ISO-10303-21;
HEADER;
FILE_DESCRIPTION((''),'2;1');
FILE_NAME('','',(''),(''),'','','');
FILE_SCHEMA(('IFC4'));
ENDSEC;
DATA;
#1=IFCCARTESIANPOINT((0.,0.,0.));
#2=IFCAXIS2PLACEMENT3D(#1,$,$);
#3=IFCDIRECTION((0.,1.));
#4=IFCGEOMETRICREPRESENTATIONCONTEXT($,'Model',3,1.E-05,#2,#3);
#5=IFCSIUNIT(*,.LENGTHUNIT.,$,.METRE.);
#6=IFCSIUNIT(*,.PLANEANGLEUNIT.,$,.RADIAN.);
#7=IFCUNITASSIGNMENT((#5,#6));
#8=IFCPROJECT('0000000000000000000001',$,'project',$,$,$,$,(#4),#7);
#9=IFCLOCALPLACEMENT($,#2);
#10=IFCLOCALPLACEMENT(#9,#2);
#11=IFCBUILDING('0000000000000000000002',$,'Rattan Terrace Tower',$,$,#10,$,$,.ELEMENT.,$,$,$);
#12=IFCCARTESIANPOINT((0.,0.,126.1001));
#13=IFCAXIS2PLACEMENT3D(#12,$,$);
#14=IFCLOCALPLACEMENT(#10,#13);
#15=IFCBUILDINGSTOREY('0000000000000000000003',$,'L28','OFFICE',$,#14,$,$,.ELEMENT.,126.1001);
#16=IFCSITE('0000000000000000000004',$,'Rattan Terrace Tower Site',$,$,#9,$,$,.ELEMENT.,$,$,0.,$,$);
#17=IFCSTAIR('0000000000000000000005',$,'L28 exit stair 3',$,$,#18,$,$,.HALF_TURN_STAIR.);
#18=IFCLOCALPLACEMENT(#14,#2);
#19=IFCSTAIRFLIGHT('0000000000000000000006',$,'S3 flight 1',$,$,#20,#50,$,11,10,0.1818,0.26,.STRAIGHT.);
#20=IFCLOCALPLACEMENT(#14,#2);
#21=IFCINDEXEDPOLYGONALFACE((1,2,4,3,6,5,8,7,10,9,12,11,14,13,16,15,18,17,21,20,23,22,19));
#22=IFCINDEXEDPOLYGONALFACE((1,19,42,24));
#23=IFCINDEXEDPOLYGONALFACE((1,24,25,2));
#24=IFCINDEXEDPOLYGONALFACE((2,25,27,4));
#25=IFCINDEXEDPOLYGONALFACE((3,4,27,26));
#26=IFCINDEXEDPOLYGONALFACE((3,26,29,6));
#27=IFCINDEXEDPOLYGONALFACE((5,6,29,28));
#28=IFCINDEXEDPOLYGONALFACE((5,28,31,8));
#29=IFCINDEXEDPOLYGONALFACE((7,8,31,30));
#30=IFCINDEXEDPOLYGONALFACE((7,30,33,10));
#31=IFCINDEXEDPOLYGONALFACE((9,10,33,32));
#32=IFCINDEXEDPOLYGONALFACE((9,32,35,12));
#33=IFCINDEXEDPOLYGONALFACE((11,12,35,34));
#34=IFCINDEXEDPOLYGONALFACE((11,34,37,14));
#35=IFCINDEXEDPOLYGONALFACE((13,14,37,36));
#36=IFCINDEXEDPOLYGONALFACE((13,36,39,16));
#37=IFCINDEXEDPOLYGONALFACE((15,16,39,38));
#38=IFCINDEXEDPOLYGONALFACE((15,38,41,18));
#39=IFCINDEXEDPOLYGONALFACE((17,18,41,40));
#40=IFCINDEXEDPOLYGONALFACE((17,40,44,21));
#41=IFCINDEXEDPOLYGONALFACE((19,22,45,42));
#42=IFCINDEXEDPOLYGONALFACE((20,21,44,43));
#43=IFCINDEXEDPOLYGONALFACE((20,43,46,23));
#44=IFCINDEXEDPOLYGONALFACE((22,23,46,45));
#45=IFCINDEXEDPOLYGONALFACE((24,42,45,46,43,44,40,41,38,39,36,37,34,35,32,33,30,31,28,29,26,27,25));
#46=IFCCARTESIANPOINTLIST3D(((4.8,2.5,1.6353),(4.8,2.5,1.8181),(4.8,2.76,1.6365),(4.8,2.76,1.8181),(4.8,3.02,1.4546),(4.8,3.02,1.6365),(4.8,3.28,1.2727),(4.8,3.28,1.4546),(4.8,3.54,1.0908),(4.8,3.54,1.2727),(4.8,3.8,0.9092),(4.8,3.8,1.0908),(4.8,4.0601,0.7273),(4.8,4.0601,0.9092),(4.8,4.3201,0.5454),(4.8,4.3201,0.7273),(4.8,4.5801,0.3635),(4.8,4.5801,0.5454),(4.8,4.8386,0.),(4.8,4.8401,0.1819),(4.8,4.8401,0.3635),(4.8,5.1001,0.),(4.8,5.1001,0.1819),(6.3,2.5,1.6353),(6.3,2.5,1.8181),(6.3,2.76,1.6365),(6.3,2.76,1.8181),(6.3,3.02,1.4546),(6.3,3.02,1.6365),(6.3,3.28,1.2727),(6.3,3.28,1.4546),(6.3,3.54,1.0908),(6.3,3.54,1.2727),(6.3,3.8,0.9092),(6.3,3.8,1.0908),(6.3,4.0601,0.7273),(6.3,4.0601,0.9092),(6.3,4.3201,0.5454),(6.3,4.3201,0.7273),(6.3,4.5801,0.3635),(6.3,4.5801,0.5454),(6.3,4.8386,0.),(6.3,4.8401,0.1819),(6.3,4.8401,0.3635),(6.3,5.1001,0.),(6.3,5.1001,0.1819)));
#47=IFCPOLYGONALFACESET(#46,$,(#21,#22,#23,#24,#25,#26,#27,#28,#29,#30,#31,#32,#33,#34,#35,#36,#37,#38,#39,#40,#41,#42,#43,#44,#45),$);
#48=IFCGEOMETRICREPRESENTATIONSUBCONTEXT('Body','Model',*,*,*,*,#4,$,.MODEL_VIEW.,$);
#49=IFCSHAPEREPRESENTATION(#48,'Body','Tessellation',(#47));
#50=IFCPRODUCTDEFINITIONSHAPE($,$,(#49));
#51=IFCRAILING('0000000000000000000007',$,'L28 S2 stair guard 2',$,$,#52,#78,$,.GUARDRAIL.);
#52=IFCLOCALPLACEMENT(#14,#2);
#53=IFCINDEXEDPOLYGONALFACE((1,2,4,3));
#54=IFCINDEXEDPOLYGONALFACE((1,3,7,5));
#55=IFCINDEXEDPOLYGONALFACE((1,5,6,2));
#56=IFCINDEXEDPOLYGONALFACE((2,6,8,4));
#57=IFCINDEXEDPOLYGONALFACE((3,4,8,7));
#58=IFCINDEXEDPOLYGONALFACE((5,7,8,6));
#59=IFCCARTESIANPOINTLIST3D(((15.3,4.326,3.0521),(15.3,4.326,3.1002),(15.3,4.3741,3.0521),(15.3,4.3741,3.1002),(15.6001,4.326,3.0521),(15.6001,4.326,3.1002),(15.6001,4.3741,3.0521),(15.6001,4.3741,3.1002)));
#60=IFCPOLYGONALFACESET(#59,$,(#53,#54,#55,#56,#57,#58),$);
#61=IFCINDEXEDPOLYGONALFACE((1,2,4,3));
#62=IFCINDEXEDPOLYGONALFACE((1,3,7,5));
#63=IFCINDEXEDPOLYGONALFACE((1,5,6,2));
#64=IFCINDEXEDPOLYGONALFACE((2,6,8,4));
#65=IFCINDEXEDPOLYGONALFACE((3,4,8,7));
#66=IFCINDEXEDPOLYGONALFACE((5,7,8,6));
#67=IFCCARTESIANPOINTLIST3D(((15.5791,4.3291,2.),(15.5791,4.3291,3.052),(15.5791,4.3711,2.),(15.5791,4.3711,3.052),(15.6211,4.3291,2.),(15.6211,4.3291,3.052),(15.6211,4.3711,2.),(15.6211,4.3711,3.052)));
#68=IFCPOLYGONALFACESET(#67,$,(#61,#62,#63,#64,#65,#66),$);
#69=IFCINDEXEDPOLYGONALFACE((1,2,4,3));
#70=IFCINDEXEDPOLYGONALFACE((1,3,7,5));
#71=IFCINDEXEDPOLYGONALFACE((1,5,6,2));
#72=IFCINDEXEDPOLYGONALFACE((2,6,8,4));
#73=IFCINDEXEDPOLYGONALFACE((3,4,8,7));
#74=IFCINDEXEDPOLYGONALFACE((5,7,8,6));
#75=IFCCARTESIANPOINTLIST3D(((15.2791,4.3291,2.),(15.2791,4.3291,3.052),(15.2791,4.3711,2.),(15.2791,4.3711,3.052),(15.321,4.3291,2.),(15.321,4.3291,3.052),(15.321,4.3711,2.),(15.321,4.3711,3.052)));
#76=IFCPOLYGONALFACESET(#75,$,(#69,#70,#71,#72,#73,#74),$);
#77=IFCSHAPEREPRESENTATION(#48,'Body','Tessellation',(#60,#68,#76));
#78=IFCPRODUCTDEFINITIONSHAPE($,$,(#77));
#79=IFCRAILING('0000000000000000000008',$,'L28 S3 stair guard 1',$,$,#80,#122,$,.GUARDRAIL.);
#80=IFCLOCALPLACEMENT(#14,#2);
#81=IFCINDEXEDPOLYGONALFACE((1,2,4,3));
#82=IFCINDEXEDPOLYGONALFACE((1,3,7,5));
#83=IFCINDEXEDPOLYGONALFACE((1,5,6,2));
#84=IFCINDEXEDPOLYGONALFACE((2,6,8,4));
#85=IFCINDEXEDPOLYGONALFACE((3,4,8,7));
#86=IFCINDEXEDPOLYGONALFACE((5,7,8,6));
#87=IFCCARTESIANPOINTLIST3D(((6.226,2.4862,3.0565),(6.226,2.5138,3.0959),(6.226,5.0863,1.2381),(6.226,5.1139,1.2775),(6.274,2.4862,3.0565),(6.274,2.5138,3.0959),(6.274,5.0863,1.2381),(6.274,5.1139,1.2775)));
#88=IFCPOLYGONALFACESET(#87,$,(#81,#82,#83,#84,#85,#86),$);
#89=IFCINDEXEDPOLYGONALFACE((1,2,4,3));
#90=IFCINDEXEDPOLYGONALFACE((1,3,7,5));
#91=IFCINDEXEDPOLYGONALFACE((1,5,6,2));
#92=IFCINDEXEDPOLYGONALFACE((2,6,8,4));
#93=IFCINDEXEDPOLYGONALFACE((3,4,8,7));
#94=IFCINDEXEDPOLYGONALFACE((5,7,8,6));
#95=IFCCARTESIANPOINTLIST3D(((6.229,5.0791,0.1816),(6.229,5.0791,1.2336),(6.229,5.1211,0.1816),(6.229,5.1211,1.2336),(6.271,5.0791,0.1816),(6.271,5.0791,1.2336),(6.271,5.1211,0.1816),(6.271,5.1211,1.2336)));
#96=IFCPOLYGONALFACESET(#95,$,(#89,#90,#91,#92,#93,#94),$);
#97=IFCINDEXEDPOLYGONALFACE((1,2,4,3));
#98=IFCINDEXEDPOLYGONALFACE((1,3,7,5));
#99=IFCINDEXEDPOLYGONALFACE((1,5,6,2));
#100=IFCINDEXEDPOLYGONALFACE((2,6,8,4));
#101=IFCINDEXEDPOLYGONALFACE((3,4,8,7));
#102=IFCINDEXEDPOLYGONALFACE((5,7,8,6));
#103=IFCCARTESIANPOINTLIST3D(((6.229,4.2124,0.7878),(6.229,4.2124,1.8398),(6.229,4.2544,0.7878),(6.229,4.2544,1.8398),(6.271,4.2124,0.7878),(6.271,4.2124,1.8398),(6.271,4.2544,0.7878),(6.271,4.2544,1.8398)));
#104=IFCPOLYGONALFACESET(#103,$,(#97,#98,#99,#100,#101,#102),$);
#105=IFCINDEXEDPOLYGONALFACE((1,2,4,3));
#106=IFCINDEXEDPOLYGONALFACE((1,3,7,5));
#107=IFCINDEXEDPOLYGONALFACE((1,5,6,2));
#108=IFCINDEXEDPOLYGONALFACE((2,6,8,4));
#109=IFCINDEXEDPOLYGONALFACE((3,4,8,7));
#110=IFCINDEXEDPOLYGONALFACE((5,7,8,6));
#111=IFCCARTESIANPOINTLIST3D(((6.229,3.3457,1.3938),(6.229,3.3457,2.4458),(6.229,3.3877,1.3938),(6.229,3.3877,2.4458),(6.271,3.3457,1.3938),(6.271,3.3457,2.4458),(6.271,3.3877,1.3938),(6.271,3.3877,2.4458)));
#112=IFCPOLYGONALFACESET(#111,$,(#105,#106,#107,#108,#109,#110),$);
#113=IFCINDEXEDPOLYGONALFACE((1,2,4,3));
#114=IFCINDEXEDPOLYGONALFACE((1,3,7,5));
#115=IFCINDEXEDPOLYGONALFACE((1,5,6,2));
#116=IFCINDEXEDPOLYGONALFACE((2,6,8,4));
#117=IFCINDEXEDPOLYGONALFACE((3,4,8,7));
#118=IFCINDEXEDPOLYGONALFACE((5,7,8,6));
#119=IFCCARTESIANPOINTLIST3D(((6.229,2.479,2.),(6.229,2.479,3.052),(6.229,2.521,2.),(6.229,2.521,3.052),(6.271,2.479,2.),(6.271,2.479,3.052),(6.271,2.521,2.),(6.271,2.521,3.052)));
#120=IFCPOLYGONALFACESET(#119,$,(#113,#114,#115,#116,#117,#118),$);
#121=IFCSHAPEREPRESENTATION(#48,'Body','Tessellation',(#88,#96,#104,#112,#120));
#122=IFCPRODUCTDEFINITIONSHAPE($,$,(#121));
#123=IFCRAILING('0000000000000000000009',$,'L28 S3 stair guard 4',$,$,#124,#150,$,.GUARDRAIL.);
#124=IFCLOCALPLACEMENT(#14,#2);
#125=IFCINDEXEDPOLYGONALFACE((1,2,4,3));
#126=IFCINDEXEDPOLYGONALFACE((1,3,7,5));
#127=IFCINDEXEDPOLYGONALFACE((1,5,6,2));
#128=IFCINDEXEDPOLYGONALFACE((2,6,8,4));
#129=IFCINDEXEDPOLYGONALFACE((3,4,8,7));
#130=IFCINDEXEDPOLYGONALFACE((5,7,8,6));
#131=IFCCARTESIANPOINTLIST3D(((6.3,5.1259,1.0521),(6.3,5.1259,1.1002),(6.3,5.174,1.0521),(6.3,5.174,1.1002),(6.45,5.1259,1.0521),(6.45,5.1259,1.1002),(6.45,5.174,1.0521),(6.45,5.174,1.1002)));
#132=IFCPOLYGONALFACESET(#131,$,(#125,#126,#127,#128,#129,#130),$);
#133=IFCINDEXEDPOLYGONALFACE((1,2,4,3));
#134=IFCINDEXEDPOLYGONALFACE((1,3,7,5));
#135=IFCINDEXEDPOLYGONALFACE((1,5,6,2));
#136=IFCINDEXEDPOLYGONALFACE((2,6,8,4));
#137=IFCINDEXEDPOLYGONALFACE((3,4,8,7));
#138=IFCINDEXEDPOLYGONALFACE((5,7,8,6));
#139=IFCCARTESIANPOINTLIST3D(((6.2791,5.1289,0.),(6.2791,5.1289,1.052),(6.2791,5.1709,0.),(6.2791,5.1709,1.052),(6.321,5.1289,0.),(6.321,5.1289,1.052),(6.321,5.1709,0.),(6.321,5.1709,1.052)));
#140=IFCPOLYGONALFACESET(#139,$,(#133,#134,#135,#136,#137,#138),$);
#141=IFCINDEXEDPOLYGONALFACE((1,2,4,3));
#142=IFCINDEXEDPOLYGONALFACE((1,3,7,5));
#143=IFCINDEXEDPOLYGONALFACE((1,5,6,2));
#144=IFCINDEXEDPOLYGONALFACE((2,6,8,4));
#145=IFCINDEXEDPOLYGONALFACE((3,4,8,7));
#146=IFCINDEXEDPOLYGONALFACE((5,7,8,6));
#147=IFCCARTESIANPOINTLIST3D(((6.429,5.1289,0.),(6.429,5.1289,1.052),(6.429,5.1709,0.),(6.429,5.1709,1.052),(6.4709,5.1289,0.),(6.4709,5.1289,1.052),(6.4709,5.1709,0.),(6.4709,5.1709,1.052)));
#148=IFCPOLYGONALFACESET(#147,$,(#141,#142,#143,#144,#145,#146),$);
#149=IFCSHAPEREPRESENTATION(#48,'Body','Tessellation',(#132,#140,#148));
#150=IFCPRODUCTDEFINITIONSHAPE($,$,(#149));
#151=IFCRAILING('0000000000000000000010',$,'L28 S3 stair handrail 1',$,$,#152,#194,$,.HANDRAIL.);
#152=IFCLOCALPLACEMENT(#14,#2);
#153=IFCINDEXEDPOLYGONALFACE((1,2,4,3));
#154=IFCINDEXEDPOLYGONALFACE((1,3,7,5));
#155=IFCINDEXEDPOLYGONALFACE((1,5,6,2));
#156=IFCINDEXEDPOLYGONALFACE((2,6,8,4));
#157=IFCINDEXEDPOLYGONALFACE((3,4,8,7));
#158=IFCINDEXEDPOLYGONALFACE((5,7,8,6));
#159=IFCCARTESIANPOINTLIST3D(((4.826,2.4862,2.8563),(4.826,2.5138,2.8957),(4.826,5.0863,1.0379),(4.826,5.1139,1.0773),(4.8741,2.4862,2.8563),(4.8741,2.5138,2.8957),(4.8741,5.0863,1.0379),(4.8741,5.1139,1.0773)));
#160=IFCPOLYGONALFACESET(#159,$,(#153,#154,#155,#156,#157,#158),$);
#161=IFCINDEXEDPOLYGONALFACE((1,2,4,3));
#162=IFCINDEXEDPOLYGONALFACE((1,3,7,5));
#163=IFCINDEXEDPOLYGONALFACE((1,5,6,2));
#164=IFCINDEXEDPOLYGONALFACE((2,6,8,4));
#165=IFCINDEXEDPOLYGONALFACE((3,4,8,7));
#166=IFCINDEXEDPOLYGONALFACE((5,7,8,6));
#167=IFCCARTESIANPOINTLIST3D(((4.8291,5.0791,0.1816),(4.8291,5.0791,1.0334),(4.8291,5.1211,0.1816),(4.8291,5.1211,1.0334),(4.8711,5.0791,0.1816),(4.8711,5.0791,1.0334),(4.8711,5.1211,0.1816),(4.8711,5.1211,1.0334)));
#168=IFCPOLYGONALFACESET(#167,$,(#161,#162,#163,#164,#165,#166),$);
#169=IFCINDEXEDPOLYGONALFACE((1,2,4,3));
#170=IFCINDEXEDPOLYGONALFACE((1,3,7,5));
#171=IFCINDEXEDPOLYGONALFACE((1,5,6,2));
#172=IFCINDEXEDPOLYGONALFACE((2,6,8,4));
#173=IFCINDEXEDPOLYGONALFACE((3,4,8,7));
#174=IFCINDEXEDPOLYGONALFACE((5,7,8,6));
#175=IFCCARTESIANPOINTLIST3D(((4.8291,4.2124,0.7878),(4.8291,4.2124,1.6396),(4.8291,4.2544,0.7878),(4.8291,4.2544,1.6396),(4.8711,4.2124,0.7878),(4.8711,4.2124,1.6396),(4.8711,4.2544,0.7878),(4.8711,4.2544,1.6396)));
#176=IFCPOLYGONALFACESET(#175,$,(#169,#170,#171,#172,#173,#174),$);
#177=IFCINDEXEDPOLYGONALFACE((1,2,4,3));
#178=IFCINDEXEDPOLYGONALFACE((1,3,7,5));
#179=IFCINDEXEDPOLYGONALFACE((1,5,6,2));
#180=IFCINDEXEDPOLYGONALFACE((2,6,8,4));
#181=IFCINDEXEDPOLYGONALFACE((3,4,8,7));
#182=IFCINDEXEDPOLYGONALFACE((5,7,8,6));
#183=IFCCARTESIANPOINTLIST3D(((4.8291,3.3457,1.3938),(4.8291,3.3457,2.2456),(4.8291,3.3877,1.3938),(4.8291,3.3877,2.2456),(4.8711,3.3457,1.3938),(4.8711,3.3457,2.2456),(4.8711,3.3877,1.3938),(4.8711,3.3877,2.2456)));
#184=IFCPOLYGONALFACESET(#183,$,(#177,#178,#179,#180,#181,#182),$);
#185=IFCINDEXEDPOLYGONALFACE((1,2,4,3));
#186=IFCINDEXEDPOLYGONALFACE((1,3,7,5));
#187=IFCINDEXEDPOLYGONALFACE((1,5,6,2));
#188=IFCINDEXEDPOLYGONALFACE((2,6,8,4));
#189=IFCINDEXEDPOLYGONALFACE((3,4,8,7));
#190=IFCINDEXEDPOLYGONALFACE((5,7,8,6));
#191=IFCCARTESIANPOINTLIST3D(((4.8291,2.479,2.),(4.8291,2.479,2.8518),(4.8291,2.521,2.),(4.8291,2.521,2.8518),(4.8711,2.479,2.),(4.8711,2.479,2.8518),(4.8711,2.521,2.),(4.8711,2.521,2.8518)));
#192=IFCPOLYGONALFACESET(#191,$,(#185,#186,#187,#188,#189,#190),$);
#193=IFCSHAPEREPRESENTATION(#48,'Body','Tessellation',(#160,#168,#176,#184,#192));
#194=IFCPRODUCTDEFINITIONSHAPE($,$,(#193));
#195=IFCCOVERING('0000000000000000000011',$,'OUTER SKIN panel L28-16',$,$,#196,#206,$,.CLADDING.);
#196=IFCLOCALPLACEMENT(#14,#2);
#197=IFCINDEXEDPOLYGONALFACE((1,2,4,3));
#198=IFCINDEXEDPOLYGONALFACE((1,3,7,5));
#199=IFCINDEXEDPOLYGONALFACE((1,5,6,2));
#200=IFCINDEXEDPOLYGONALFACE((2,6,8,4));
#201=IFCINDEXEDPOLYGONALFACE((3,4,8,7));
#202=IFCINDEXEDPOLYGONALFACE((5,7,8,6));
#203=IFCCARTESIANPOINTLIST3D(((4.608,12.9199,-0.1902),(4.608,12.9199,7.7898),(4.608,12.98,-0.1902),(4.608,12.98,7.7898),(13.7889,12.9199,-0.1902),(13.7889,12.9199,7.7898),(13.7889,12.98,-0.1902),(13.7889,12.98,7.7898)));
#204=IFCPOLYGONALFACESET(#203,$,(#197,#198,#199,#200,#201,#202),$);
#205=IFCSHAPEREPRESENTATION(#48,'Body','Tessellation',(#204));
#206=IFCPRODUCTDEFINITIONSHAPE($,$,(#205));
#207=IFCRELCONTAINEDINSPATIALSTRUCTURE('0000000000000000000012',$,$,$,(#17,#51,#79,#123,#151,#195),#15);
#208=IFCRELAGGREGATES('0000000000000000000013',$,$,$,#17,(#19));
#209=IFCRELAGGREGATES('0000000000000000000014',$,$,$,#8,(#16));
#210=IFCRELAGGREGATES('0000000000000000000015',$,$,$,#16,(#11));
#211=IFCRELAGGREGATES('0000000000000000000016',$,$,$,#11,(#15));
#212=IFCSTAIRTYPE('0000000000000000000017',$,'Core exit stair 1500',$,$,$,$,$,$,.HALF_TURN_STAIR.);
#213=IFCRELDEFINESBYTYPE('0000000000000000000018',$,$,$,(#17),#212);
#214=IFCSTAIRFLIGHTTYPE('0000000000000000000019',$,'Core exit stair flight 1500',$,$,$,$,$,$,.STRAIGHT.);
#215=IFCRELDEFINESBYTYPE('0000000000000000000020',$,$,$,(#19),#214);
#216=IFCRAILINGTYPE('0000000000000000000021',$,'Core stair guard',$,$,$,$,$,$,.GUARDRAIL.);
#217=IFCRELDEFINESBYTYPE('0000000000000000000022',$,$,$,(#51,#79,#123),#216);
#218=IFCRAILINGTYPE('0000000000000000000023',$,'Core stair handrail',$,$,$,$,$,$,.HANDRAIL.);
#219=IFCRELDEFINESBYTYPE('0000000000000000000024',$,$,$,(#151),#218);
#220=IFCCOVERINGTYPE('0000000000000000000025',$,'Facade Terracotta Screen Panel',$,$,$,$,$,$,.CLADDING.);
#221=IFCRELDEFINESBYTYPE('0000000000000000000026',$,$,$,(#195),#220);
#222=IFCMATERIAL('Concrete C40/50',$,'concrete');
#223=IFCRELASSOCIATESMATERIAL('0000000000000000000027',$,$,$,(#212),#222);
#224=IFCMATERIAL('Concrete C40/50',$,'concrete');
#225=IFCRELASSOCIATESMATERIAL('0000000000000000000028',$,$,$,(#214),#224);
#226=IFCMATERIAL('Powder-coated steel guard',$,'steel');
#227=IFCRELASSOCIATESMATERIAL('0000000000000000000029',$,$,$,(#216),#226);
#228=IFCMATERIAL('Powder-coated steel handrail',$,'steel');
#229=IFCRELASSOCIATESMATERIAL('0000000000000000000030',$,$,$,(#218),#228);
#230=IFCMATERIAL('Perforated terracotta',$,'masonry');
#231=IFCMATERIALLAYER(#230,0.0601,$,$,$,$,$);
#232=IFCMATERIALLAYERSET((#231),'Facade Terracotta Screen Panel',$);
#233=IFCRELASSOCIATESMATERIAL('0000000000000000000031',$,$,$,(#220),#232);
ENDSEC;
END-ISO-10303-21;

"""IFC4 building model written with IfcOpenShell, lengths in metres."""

from ifc_helpers import new_model, si_unit, direction, frame, origin, origin_2d, place, context, subcontext, project, spatial, polyline, rectangle, outline, extrude, material, layer, layer_set, type_object, element, aggregate, save


model = new_model("IFC4")

# Units and contexts
model_context = context("Model", 3, precision=1e-05, world=origin(), true_north=direction((0.0, 1.0)))
body_context = subcontext(model_context, "Body", "Model", "MODEL_VIEW")
ifc_project = project(units=[si_unit("LENGTHUNIT", "METRE"), si_unit("PLANEANGLEUNIT", "RADIAN")], contexts=[model_context])

# Site, building, storey
site_placement = place(None, origin())
site = spatial("IfcSite", under=ifc_project, at=site_placement, Name="Rattan Terrace Tower Site", CompositionType="ELEMENT", RefElevation=0.0)
building_placement = place(site_placement, origin())
building = spatial("IfcBuilding", under=site, at=building_placement, Name="Rattan Terrace Tower", CompositionType="ELEMENT")
storey_placement = place(building_placement, frame((0.0, 0.0, 126.1001)))
storey = spatial("IfcBuildingStorey", under=building, at=storey_placement, Name="L28", Description="OFFICE", CompositionType="ELEMENT", Elevation=126.1001)

# Stair, stair flight
ifc_material_1 = material(Name="Concrete C40/50", Category="concrete")
stair_type = type_object("IfcStairType", Name="Core exit stair 1500", PredefinedType="HALF_TURN_STAIR", material=ifc_material_1)
stair_placement = place(storey_placement, origin())
stair = element("IfcStair", 1, at=stair_placement, inside=storey, type_object=stair_type, Name="L28 exit stair 3", PredefinedType="HALF_TURN_STAIR")
ifc_material_2 = material(Name="Concrete C40/50", Category="concrete")
stair_flight_type = type_object("IfcStairFlightType", Name="Core exit stair flight 1500", PredefinedType="STRAIGHT", material=ifc_material_2)
stair_flight_placement = place(storey_placement, frame((5.55, 5.1001, 0.0), z_axis=(0.0, 0.0, 1.0), x_axis=(0.0, -1.0, 0.0)))
stair_flight = element("IfcStairFlight", 2, at=stair_flight_placement, type_object=stair_flight_type, Name="S3 flight 1", NumberOfRisers=11, NumberOfTreads=10, PredefinedType="STRAIGHT", RiserHeight=0.1818, TreadLength=0.26, context=body_context, shape_type="SweptSolid", body=[
    extrude(outline(polyline([(0.0, 0.0), (0.0, 0.1819), (0.26, 0.1819), (0.26, 0.3635), (0.52, 0.3635), (0.52, 0.5454), (0.78, 0.5454), (0.78, 0.7273), (1.04, 0.7273), (1.04, 0.9092), (1.3, 0.9092), (1.3, 1.0908), (1.5601, 1.0908), (1.5601, 1.2727), (1.8201, 1.2727), (1.8201, 1.4546), (2.0801, 1.4546), (2.0801, 1.6365), (2.3401, 1.6365), (2.3401, 1.8181), (2.6001, 1.8181), (2.6001, 2.0), (2.6001, 1.6353), (0.2615, 0.0), (0.0, 0.0)])), frame((0.0, 0.75, 0.0), z_axis=(0.0, -1.0, 0.0), x_axis=(1.0, 0.0, 0.0)), (0.0, 0.0, 1.0), 1.5),
])
aggregate(stair, [stair_flight])

# Railings
ifc_material_3 = material(Name="Powder-coated steel guard", Category="steel")
railing_type_1 = type_object("IfcRailingType", Name="Core stair guard", PredefinedType="GUARDRAIL", material=ifc_material_3)
railing_1_placement = place(storey_placement, frame((15.6001, 4.3501, 2.0)))
element("IfcRailing", 3, at=railing_1_placement, inside=storey, type_object=railing_type_1, Name="L28 S2 stair guard 2", PredefinedType="GUARDRAIL", context=body_context, shape_type="SweptSolid", body=[
    extrude(rectangle(XDim=0.0481, YDim=0.0481, at=origin_2d()), frame((0.0, 0.0, 1.0762), z_axis=(-1.0, 0.0, 0.0), x_axis=(0.0, -1.0, 0.0)), (0.0, 0.0, 1.0), 0.3),
    extrude(rectangle(XDim=0.042, YDim=0.042, at=origin_2d()), origin(), (0.0, 0.0, 1.0), 1.052),
    extrude(rectangle(XDim=0.042, YDim=0.042, at=origin_2d()), frame((-0.3, 0.0, 0.0)), (0.0, 0.0, 1.0), 1.052),
])
railing_2_placement = place(storey_placement, frame((6.25, 5.1001, 0.1816)))
element("IfcRailing", 4, at=railing_2_placement, inside=storey, type_object=railing_type_1, Name="L28 S3 stair guard 1", PredefinedType="GUARDRAIL", context=body_context, shape_type="SweptSolid", body=[
    extrude(rectangle(XDim=0.0481, YDim=0.0481, at=origin_2d()), frame((0.0, 0.0, 1.0762), z_axis=(0.0, -0.819485, 0.573101), x_axis=(1.0, 0.0, 0.0)), (0.0, 0.0, 1.0), 3.1729),
    extrude(rectangle(XDim=0.042, YDim=0.042, at=origin_2d()), origin(), (0.0, 0.0, 1.0), 1.052),
    extrude(rectangle(XDim=0.042, YDim=0.042, at=origin_2d()), frame((0.0, -0.8667, 0.6062)), (0.0, 0.0, 1.0), 1.052),
    extrude(rectangle(XDim=0.042, YDim=0.042, at=origin_2d()), frame((0.0, -1.7334, 1.2122)), (0.0, 0.0, 1.0), 1.052),
    extrude(rectangle(XDim=0.042, YDim=0.042, at=origin_2d()), frame((0.0, -2.6001, 1.8184)), (0.0, 0.0, 1.0), 1.052),
])
railing_3_placement = place(storey_placement, frame((6.3, 5.1499, 0.0)))
element("IfcRailing", 5, at=railing_3_placement, inside=storey, type_object=railing_type_1, Name="L28 S3 stair guard 4", PredefinedType="GUARDRAIL", context=body_context, shape_type="SweptSolid", body=[
    extrude(rectangle(XDim=0.0481, YDim=0.0481, at=origin_2d()), frame((0.0, 0.0, 1.0762), z_axis=(1.0, 0.0, 0.0), x_axis=(0.0, 1.0, 0.0)), (0.0, 0.0, 1.0), 0.1499),
    extrude(rectangle(XDim=0.042, YDim=0.042, at=origin_2d()), origin(), (0.0, 0.0, 1.0), 1.052),
    extrude(rectangle(XDim=0.042, YDim=0.042, at=origin_2d()), frame((0.1499, 0.0, 0.0)), (0.0, 0.0, 1.0), 1.052),
])
ifc_material_4 = material(Name="Powder-coated steel handrail", Category="steel")
railing_type_2 = type_object("IfcRailingType", Name="Core stair handrail", PredefinedType="HANDRAIL", material=ifc_material_4)
railing_4_placement = place(storey_placement, frame((4.8501, 5.1001, 0.1816)))
element("IfcRailing", 6, at=railing_4_placement, inside=storey, type_object=railing_type_2, Name="L28 S3 stair handrail 1", PredefinedType="HANDRAIL", context=body_context, shape_type="SweptSolid", body=[
    extrude(rectangle(XDim=0.0481, YDim=0.0481, at=origin_2d()), frame((0.0, 0.0, 0.876), z_axis=(0.0, -0.819485, 0.573101), x_axis=(1.0, 0.0, 0.0)), (0.0, 0.0, 1.0), 3.1729),
    extrude(rectangle(XDim=0.042, YDim=0.042, at=origin_2d()), origin(), (0.0, 0.0, 1.0), 0.8518),
    extrude(rectangle(XDim=0.042, YDim=0.042, at=origin_2d()), frame((0.0, -0.8667, 0.6062)), (0.0, 0.0, 1.0), 0.8518),
    extrude(rectangle(XDim=0.042, YDim=0.042, at=origin_2d()), frame((0.0, -1.7334, 1.2122)), (0.0, 0.0, 1.0), 0.8518),
    extrude(rectangle(XDim=0.042, YDim=0.042, at=origin_2d()), frame((0.0, -2.6001, 1.8184)), (0.0, 0.0, 1.0), 0.8518),
])

# Covering
ifc_material_5 = material(Name="Perforated terracotta", Category="masonry")
ifc_layer_1 = layer(ifc_material_5, 0.0601)
ifc_layer_set_1 = layer_set([ifc_layer_1], Name="Facade Terracotta Screen Panel")
covering_type = type_object("IfcCoveringType", Name="Facade Terracotta Screen Panel", PredefinedType="CLADDING", material=ifc_layer_set_1)
covering_placement = place(storey_placement, frame((9.1985, 12.95, -0.1902), z_axis=(0.0, 0.0, 1.0), x_axis=(-1.0, 0.0, 0.0)))
element("IfcCovering", 7, at=covering_placement, inside=storey, type_object=covering_type, Name="OUTER SKIN panel L28-16", PredefinedType="CLADDING", context=body_context, shape_type="SweptSolid", body=[
    extrude(rectangle(XDim=9.1809, YDim=0.0601, at=origin_2d()), origin(), (0.0, 0.0, 1.0), 7.98),
])

save(model, "model.ifc")
